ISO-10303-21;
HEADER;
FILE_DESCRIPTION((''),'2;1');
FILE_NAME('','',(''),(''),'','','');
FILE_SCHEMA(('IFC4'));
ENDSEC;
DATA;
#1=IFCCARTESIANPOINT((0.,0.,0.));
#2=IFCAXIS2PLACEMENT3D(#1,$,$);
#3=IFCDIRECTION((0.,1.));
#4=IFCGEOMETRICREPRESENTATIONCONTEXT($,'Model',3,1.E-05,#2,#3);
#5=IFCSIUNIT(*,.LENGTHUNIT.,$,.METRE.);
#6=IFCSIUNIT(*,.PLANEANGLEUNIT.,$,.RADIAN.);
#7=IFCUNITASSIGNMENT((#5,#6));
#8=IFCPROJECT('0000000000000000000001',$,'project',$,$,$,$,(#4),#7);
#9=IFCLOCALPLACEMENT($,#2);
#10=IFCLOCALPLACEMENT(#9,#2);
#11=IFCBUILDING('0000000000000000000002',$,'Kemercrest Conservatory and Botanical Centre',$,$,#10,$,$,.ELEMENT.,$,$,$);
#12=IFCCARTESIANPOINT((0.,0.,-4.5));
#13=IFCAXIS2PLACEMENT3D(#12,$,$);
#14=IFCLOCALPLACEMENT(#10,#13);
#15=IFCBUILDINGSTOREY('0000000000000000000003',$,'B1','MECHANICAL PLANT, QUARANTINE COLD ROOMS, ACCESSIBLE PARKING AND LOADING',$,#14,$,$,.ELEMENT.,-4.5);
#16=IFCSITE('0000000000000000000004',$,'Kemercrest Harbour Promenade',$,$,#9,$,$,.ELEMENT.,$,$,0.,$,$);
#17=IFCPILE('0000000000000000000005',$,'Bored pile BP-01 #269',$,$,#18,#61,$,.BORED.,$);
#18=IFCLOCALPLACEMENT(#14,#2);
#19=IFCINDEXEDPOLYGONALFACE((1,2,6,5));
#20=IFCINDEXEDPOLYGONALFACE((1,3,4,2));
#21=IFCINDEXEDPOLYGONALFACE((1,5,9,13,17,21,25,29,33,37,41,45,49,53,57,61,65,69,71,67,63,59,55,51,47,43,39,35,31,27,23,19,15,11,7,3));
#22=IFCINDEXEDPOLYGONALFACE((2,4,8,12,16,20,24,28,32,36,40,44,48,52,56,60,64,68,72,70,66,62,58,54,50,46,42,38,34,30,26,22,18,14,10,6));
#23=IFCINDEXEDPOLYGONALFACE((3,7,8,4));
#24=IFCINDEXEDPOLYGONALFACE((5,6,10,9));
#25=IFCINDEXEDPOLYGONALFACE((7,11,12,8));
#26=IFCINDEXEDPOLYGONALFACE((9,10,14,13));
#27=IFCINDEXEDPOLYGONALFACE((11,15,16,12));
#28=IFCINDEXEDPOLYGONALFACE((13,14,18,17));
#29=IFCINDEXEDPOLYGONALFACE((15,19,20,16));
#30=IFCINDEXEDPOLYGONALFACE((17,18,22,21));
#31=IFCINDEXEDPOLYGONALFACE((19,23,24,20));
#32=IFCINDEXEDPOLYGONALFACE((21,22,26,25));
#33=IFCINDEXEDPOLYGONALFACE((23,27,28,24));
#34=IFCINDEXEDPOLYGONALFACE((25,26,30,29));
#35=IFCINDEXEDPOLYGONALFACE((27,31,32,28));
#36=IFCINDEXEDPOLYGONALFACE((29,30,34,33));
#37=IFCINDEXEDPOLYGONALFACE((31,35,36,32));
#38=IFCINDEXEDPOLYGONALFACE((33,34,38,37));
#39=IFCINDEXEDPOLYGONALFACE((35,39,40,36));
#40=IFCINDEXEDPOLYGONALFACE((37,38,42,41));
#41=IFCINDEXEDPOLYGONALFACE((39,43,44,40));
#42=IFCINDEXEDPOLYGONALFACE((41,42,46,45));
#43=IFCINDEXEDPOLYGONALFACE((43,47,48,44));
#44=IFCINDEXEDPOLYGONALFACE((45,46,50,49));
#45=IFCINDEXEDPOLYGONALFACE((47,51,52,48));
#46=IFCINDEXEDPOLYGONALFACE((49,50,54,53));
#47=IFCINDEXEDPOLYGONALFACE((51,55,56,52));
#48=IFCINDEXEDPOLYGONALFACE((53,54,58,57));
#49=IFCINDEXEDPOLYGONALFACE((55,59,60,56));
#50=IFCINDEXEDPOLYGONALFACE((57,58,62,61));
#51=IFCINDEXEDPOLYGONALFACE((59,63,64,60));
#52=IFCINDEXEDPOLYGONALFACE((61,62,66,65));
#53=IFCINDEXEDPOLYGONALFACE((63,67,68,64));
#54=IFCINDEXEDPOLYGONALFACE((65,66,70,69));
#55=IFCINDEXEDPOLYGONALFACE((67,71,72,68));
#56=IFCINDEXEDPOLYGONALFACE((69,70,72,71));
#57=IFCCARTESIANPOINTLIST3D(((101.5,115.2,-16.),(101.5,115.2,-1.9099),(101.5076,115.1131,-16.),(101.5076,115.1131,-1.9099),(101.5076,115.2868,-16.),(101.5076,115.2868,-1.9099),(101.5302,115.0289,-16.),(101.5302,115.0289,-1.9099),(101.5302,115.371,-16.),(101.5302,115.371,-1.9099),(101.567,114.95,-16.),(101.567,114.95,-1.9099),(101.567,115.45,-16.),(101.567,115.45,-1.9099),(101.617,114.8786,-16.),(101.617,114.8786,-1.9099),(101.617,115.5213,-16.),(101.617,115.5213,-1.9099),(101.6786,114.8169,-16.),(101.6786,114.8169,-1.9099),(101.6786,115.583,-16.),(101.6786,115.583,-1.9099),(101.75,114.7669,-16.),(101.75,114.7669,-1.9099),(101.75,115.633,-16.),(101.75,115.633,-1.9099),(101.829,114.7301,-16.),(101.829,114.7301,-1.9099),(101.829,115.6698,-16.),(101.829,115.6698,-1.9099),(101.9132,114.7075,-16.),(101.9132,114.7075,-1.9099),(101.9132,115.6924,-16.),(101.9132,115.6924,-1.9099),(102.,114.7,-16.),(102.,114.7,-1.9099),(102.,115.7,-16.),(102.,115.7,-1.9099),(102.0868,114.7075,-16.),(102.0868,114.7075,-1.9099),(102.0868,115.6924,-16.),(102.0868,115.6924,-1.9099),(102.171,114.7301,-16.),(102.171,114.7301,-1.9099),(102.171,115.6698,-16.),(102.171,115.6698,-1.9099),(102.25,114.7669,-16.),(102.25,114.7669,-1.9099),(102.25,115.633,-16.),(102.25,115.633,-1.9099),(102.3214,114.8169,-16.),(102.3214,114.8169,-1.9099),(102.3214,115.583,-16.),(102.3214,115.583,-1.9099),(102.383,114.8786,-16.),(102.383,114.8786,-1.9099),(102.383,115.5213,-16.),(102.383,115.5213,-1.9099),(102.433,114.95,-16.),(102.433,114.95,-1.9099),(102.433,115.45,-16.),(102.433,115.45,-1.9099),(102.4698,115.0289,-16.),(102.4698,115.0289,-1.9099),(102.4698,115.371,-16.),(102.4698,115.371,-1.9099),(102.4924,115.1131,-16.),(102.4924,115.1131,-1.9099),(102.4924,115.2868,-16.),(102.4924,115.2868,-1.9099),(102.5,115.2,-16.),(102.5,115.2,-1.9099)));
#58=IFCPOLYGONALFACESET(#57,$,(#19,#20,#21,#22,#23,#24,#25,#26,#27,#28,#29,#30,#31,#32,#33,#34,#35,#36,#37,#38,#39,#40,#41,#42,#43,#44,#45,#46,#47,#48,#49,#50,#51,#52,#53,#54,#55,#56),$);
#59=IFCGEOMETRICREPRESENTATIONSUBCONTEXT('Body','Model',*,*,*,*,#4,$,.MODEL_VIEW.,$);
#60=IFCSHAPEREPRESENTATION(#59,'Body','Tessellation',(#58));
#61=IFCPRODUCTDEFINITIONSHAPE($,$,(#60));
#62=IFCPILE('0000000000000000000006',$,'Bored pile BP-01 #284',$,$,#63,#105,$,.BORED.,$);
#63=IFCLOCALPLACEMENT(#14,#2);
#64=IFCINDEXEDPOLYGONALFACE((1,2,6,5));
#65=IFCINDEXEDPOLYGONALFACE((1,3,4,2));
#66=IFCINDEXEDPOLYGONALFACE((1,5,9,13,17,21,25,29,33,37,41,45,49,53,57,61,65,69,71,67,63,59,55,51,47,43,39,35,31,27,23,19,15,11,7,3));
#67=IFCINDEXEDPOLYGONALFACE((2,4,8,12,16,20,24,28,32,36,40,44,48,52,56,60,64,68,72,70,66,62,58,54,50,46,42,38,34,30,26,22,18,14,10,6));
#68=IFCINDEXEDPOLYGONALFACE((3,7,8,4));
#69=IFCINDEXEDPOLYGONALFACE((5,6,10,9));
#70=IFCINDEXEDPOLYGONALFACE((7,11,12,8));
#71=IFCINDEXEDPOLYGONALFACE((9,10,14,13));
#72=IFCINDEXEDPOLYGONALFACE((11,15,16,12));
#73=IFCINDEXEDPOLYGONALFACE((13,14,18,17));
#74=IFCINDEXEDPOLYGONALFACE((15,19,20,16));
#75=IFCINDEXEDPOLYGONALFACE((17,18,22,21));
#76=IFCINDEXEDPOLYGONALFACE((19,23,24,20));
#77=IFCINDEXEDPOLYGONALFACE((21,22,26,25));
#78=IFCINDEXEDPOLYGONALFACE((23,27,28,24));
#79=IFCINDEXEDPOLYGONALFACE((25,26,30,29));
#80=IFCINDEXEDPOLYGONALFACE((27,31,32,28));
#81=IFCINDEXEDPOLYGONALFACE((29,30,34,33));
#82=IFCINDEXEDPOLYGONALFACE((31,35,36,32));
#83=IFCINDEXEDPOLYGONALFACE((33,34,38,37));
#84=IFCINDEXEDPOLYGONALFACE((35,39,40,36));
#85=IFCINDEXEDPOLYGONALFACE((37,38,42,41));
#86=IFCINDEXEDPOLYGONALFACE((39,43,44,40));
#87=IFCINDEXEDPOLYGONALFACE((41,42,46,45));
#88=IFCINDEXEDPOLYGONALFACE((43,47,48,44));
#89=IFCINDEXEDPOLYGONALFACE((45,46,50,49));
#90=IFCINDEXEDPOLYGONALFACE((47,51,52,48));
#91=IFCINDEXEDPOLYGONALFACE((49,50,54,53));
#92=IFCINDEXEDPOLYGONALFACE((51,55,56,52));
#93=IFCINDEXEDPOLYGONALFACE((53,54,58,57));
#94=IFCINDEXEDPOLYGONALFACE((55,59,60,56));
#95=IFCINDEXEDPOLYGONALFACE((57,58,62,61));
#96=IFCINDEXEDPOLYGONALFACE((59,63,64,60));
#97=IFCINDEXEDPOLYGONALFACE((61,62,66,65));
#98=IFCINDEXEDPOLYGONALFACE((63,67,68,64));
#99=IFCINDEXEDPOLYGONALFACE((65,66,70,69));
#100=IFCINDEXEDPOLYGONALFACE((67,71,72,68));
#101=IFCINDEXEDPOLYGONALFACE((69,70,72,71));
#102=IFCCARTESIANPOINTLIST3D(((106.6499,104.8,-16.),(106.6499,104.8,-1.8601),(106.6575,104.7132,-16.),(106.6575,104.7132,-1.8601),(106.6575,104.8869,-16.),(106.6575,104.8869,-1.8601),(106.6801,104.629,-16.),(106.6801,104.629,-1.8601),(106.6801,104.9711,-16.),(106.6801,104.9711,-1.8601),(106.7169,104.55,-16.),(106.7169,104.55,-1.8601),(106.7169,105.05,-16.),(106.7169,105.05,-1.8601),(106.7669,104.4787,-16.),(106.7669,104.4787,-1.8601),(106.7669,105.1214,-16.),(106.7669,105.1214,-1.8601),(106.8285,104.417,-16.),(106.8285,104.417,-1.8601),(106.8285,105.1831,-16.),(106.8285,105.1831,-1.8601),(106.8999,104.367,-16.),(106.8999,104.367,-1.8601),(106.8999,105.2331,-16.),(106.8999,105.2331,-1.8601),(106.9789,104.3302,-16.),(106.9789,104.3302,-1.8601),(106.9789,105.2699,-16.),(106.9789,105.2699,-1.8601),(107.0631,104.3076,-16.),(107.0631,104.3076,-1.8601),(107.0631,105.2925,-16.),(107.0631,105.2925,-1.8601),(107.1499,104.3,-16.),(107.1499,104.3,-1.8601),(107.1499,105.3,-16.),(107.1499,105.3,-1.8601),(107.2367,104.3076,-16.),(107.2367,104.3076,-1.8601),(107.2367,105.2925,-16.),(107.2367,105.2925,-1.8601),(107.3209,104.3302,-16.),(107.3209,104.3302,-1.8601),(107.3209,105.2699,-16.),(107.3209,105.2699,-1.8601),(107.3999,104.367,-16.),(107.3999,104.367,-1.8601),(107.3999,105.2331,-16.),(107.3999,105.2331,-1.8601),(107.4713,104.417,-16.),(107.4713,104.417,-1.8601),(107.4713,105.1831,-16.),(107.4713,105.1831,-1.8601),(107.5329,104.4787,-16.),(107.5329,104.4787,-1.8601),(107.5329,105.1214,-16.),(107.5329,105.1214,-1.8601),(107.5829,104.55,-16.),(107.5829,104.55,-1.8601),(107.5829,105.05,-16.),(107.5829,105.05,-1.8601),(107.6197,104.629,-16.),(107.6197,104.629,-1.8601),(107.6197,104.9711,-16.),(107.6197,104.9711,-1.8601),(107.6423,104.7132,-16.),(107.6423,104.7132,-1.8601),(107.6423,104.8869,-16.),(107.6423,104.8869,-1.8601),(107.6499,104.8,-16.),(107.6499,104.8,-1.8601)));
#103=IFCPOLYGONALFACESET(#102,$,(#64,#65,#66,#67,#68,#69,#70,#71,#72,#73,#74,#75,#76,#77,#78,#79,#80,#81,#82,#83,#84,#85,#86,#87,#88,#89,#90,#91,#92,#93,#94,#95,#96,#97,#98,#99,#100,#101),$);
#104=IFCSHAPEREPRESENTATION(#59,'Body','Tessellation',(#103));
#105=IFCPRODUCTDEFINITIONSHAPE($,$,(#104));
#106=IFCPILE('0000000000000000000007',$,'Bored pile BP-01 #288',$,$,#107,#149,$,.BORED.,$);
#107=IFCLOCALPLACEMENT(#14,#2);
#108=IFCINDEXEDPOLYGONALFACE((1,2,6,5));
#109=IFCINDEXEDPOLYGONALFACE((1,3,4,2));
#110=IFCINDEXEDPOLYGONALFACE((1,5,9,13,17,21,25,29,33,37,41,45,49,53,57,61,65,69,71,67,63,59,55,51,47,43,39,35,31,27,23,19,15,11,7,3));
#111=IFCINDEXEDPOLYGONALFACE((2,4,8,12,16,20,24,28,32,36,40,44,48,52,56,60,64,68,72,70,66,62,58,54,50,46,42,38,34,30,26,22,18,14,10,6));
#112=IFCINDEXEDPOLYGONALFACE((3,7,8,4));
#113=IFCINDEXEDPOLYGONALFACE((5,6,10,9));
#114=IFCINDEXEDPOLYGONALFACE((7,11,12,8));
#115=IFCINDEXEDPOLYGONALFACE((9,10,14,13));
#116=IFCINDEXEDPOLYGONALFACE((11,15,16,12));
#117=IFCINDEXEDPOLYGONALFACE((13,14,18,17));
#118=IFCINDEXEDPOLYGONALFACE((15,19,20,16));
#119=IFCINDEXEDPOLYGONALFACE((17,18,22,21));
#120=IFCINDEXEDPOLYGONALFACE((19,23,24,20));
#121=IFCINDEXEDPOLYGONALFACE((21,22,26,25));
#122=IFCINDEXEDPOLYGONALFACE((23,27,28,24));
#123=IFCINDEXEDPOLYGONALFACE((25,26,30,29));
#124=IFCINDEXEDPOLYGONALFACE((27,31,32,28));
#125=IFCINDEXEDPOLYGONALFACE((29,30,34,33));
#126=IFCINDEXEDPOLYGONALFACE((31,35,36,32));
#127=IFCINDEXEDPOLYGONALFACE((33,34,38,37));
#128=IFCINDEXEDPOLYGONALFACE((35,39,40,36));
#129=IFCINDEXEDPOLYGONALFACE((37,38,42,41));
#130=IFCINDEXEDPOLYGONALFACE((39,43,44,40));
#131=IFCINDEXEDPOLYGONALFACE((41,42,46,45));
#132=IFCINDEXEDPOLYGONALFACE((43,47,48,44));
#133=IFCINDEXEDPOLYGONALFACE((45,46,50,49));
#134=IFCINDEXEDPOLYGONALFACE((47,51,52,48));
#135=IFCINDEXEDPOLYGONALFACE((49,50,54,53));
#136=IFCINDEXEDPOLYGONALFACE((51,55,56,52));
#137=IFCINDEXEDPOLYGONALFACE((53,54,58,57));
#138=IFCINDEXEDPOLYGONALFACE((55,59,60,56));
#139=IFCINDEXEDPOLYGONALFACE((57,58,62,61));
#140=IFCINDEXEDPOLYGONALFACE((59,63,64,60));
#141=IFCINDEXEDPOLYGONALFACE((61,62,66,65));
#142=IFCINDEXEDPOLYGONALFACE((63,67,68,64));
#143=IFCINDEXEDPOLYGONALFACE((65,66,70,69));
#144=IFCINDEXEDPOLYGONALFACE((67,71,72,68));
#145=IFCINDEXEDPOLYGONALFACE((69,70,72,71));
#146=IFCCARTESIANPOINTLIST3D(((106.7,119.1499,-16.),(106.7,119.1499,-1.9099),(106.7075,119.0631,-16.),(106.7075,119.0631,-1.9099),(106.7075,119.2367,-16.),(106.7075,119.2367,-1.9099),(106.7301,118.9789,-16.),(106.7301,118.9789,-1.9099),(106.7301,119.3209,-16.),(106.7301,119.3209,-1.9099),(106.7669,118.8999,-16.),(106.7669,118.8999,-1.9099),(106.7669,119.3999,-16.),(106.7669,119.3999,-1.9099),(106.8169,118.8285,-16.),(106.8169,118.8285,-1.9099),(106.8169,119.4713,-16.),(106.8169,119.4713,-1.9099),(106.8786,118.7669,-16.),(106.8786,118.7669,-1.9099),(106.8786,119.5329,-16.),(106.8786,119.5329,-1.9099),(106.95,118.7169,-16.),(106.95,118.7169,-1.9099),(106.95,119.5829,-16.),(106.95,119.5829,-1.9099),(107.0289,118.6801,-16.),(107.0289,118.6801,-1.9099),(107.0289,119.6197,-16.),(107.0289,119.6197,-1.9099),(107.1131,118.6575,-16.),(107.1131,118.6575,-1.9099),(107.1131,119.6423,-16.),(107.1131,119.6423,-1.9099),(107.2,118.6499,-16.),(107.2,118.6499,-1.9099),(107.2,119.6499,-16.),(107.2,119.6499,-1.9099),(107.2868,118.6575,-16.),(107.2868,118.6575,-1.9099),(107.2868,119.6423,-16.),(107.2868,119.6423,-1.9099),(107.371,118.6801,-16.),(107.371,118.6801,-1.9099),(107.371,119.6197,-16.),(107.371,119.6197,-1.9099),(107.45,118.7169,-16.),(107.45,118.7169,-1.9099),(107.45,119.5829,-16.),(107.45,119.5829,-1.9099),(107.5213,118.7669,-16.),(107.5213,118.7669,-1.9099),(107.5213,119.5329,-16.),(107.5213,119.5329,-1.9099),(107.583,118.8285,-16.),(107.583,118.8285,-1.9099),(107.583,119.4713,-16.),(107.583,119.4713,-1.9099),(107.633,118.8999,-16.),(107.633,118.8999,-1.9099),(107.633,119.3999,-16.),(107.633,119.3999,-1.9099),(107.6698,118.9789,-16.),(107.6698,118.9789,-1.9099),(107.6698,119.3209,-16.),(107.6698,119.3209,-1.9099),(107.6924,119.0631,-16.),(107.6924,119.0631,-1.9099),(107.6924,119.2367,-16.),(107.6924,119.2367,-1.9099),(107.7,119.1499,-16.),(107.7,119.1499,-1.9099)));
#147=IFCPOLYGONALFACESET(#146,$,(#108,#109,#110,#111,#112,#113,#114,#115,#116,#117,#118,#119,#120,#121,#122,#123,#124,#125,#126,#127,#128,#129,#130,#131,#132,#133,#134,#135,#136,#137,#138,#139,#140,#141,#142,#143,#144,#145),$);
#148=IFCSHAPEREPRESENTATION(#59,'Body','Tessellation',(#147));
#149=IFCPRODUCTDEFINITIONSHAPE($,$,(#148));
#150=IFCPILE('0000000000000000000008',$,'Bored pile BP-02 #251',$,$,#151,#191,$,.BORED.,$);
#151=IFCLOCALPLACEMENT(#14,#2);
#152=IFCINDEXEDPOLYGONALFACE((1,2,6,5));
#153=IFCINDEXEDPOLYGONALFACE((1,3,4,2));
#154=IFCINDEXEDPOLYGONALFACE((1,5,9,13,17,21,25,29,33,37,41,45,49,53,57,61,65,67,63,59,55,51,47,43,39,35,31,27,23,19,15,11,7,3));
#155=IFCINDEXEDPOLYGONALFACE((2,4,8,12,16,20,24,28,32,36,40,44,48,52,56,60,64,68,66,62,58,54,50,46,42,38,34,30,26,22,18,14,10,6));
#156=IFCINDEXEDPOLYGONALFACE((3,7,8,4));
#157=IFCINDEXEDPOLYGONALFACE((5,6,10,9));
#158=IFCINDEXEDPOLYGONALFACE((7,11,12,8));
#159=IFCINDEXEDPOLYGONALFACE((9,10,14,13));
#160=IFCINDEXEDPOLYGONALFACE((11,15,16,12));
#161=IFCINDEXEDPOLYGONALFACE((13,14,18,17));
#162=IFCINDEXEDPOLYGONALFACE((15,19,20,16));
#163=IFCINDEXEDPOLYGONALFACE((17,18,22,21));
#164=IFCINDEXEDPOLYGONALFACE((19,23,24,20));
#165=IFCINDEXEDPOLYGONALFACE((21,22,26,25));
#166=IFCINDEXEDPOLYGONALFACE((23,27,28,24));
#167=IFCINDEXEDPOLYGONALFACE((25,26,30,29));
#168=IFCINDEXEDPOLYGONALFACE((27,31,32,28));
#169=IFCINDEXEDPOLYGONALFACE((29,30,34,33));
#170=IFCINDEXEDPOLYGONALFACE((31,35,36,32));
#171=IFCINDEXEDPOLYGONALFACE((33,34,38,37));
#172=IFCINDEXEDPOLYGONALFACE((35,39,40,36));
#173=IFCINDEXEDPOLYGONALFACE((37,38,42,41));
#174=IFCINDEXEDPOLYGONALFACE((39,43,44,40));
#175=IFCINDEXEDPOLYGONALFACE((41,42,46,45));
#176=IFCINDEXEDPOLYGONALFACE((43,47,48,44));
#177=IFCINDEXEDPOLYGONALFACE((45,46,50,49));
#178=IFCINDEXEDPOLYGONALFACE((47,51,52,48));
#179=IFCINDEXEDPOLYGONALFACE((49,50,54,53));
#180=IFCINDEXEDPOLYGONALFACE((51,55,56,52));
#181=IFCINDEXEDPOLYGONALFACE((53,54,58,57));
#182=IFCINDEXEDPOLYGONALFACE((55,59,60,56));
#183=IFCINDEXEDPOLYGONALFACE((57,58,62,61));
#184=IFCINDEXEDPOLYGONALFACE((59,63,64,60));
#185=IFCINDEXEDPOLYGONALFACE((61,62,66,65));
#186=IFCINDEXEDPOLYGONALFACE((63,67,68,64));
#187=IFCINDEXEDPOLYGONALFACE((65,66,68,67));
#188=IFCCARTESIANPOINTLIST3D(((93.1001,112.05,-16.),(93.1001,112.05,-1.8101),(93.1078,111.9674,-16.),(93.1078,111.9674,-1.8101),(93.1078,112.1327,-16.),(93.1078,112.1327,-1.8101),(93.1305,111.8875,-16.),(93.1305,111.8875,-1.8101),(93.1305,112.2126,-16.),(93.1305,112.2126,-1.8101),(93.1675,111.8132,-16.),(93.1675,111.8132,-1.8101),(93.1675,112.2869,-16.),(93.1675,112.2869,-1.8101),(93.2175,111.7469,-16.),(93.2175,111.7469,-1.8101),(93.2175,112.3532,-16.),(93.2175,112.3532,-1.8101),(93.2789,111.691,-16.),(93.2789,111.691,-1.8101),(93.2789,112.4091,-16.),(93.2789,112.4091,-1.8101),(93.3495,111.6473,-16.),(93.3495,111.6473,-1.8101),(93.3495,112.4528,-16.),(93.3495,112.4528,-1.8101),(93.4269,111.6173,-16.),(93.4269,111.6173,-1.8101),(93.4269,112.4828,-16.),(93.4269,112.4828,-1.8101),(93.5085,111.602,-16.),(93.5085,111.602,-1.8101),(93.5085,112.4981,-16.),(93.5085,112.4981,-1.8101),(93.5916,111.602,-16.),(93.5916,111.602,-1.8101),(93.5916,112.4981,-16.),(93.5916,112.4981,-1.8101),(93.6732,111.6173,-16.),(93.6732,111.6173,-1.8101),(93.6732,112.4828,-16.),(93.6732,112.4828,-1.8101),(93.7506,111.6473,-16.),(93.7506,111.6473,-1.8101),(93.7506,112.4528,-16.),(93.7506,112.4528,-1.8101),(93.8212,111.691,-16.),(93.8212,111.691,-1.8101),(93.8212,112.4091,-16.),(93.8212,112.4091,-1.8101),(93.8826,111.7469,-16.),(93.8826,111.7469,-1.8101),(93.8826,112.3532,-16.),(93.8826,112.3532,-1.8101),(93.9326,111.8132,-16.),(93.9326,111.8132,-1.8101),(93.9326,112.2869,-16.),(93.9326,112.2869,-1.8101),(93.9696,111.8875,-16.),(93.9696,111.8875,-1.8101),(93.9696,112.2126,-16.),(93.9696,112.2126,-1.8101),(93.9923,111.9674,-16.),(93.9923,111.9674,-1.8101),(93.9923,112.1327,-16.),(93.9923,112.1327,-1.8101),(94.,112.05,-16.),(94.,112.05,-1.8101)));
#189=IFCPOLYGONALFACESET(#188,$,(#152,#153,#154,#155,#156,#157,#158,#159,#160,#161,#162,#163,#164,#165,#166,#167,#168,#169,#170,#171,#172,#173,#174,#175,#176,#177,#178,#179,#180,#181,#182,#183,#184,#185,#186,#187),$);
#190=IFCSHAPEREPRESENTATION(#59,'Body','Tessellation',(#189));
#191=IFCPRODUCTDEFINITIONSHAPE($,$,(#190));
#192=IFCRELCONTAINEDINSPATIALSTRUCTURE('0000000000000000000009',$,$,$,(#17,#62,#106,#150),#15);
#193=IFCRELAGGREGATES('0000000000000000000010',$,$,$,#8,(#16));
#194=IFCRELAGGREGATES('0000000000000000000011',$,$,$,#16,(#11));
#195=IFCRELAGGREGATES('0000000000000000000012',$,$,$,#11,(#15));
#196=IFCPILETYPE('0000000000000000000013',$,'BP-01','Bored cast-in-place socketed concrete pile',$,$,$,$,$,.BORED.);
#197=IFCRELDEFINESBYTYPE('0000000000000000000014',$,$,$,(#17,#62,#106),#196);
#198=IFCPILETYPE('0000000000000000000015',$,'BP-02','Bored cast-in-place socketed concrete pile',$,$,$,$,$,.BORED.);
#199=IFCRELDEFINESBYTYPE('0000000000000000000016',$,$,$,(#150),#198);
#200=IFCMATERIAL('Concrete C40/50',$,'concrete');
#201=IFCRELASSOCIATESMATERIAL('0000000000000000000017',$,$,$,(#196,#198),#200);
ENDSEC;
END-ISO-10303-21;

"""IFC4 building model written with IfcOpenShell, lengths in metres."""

from ifc_helpers import new_model, si_unit, direction, frame, origin, origin_2d, place, context, subcontext, project, spatial, circle, extrude, material, material_profile, profile_set, type_object, element, save


model = new_model("IFC4")

# Units and contexts
model_context = context("Model", 3, precision=1e-05, world=origin(), true_north=direction((0.0, 1.0)))
body_context = subcontext(model_context, "Body", "Model", "MODEL_VIEW")
ifc_project = project(units=[si_unit("LENGTHUNIT", "METRE"), si_unit("PLANEANGLEUNIT", "RADIAN")], contexts=[model_context])

# Site, building, storey
site_placement = place(None, origin())
site = spatial("IfcSite", under=ifc_project, at=site_placement, Name="Kemercrest Harbour Promenade", CompositionType="ELEMENT", RefElevation=0.0)
building_placement = place(site_placement, origin())
building = spatial("IfcBuilding", under=site, at=building_placement, Name="Kemercrest Conservatory and Botanical Centre", CompositionType="ELEMENT")
storey_placement = place(building_placement, frame((0.0, 0.0, -4.5)))
storey = spatial("IfcBuildingStorey", under=building, at=storey_placement, Name="B1", Description="MECHANICAL PLANT, QUARANTINE COLD ROOMS, ACCESSIBLE PARKING AND LOADING", CompositionType="ELEMENT", Elevation=-4.5)

# Piles
ifc_material_1 = material(Name="Concrete C40/50", Category="concrete")
ifc_material_profile_1 = material_profile(ifc_material_1, circle(Radius=0.5, at=origin_2d()), Name="BORED PILE 1000")
ifc_profile_set_1 = profile_set([ifc_material_profile_1], Name="Concrete C40/50")
pile_type_1 = type_object("IfcPileType", Name="BP-01", Description="Bored cast-in-place socketed concrete pile", PredefinedType="BORED", material=ifc_profile_set_1)
for number, where, z_axis, x_axis, name in (
    (1, (102.0, 115.2, -1.9099), (0.0, 0.0, -1.0), (1.0, 0.0, 0.0), "Bored pile BP-01 #269"),
):
    element("IfcPile", number, at=place(storey_placement, frame(where, z_axis=z_axis, x_axis=x_axis)), inside=storey, type_object=pile_type_1, Name=name, PredefinedType="BORED", context=body_context, shape_type="SweptSolid", body=[
        extrude(circle(Radius=0.5, at=origin_2d()), origin(), (0.0, 0.0, 1.0), 14.0901),
    ])
pile_1_placement = place(storey_placement, frame((107.1499, 104.8, -1.8601), z_axis=(0.0, 0.0, -1.0), x_axis=(1.0, 0.0, 0.0)))
element("IfcPile", 2, at=pile_1_placement, inside=storey, type_object=pile_type_1, Name="Bored pile BP-01 #284", PredefinedType="BORED", context=body_context, shape_type="SweptSolid", body=[
    extrude(circle(Radius=0.5, at=origin_2d()), origin(), (0.0, 0.0, 1.0), 14.1399),
])
pile_2_placement = place(storey_placement, frame((107.2, 119.1499, -1.9099), z_axis=(0.0, 0.0, -1.0), x_axis=(1.0, 0.0, 0.0)))
element("IfcPile", 3, at=pile_2_placement, inside=storey, type_object=pile_type_1, Name="Bored pile BP-01 #288", PredefinedType="BORED", context=body_context, shape_type="SweptSolid", body=[
    extrude(circle(Radius=0.5, at=origin_2d()), origin(), (0.0, 0.0, 1.0), 14.0901),
])
ifc_material_profile_2 = material_profile(ifc_material_1, circle(Radius=0.45, at=origin_2d()), Name="BORED PILE 900")
ifc_profile_set_2 = profile_set([ifc_material_profile_2], Name="Concrete C40/50")
pile_type_2 = type_object("IfcPileType", Name="BP-02", Description="Bored cast-in-place socketed concrete pile", PredefinedType="BORED", material=ifc_profile_set_2)
for number, where, z_axis, x_axis, name in (
    (4, (93.55, 112.05, -1.8101), (0.0, 0.0, -1.0), (1.0, 0.0, 0.0), "Bored pile BP-02 #251"),
):
    element("IfcPile", number, at=place(storey_placement, frame(where, z_axis=z_axis, x_axis=x_axis)), inside=storey, type_object=pile_type_2, Name=name, PredefinedType="BORED", context=body_context, shape_type="SweptSolid", body=[
        extrude(circle(Radius=0.45, at=origin_2d()), origin(), (0.0, 0.0, 1.0), 14.1899),
    ])

save(model, "model.ifc")
